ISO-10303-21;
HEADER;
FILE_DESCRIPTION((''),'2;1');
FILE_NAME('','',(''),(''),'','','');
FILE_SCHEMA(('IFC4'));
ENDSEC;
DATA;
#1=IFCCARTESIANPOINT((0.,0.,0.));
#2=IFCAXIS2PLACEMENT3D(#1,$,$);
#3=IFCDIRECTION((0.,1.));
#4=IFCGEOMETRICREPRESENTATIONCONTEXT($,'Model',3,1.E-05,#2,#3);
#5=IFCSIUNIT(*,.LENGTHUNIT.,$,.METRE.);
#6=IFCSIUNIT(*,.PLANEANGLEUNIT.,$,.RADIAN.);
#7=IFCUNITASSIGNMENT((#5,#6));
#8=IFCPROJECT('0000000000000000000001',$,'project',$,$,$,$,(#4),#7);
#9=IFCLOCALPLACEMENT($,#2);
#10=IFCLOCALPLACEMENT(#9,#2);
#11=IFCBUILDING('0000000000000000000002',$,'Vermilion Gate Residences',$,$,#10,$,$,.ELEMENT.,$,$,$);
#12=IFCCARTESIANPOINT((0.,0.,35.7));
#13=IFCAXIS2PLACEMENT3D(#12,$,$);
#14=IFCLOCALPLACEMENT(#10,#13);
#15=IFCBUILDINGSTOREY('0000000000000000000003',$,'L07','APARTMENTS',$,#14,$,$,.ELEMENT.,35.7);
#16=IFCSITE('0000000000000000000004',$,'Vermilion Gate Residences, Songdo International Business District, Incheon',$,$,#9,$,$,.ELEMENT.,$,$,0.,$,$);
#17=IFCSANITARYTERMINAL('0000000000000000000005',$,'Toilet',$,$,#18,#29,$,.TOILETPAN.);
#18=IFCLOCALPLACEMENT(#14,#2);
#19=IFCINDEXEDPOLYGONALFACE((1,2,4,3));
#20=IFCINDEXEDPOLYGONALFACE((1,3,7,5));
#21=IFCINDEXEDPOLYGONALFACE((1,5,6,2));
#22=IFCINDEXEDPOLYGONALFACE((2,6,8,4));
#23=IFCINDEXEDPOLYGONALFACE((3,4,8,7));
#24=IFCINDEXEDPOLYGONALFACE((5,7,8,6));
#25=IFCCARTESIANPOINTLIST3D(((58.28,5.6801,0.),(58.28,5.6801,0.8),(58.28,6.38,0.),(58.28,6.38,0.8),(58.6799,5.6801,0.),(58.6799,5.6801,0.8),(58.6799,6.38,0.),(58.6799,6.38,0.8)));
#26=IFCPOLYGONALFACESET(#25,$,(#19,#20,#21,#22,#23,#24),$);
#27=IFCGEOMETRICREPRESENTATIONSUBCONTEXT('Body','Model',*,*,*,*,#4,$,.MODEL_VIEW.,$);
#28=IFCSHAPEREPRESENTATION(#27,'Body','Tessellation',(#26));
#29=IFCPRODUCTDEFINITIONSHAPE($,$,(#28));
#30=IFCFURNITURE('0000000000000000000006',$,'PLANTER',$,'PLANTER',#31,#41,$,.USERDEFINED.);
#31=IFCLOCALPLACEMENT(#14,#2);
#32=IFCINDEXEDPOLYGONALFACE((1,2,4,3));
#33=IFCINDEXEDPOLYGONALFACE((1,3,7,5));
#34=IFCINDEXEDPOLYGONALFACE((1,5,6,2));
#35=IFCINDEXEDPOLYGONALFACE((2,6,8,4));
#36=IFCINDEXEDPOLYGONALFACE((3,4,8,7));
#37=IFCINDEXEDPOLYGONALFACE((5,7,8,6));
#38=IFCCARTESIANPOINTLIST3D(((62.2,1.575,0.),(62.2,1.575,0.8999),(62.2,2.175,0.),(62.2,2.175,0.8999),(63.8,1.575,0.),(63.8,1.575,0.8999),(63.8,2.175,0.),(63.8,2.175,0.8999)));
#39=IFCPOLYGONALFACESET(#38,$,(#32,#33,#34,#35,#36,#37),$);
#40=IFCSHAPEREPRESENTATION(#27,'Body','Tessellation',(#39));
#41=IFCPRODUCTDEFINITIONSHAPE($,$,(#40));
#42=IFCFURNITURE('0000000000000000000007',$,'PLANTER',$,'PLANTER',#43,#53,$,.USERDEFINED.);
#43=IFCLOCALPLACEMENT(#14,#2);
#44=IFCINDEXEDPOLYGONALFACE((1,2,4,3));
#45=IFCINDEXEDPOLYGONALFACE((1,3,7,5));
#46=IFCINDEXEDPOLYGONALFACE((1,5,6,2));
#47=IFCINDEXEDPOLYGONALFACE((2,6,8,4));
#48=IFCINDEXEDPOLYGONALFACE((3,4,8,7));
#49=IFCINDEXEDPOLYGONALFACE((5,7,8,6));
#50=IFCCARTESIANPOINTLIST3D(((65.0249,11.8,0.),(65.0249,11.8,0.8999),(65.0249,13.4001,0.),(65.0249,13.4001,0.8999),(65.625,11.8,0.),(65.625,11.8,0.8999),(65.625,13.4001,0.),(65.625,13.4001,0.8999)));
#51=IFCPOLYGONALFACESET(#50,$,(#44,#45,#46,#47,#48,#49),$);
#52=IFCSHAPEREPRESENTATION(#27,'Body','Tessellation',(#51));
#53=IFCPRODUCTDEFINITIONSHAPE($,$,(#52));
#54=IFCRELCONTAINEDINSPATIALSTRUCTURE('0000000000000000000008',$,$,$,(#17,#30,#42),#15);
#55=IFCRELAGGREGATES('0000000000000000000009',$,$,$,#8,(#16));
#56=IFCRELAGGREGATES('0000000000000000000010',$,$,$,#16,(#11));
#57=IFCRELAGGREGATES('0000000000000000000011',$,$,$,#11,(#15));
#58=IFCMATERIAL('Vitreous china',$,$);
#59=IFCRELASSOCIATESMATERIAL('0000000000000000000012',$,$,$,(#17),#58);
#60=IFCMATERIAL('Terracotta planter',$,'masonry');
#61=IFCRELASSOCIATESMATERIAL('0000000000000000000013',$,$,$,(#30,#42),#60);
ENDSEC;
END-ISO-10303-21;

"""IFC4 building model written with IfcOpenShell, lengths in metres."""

from ifc_helpers import new_model, si_unit, direction, frame, origin, origin_2d, place, context, subcontext, project, spatial, rectangle, extrude, material, element, save


model = new_model("IFC4")

# Units and contexts
model_context = context("Model", 3, precision=1e-05, world=origin(), true_north=direction((0.0, 1.0)))
body_context = subcontext(model_context, "Body", "Model", "MODEL_VIEW")
ifc_project = project(units=[si_unit("LENGTHUNIT", "METRE"), si_unit("PLANEANGLEUNIT", "RADIAN")], contexts=[model_context])

# Site, building, storey
site_placement = place(None, origin())
site = spatial("IfcSite", under=ifc_project, at=site_placement, Name="Vermilion Gate Residences, Songdo International Business District, Incheon", CompositionType="ELEMENT", RefElevation=0.0)
building_placement = place(site_placement, origin())
building = spatial("IfcBuilding", under=site, at=building_placement, Name="Vermilion Gate Residences", CompositionType="ELEMENT")
storey_placement = place(building_placement, frame((0.0, 0.0, 35.7)))
storey = spatial("IfcBuildingStorey", under=building, at=storey_placement, Name="L07", Description="APARTMENTS", CompositionType="ELEMENT", Elevation=35.7)

# Sanitary terminal
ifc_material_1 = material(Name="Vitreous china")
sanitary_terminal_1_placement = place(storey_placement, frame((58.48, 6.03, 0.0), z_axis=(0.0, 0.0, 1.0), x_axis=(1.0, 0.0, 0.0)))
element("IfcSanitaryTerminal", 1, at=sanitary_terminal_1_placement, inside=storey, material=ifc_material_1, Name="Toilet", PredefinedType="TOILETPAN", context=body_context, shape_type="SweptSolid", body=[
    extrude(rectangle(XDim=0.3999, YDim=0.7, at=origin_2d()), origin(), (0.0, 0.0, 1.0), 0.8),
])

# Furniture
ifc_material_2 = material(Name="Terracotta planter", Category="masonry")
for number, where, z_axis, x_axis, name in (
    (2, (63.0, 1.875, 0.0), (0.0, 0.0, 1.0), (1.0, 0.0, 0.0), "PLANTER"),
    (3, (65.325, 12.6001, 0.0), (0.0, 0.0, 1.0), (0.0, 1.0, 0.0), "PLANTER"),
):
    element("IfcFurniture", number, at=place(storey_placement, frame(where, z_axis=z_axis, x_axis=x_axis)), inside=storey, material=ifc_material_2, Name=name, ObjectType="PLANTER", PredefinedType="USERDEFINED", context=body_context, shape_type="SweptSolid", body=[
        extrude(rectangle(XDim=1.6001, YDim=0.6001, at=origin_2d()), origin(), (0.0, 0.0, 1.0), 0.8999),
    ])

save(model, "model.ifc")
